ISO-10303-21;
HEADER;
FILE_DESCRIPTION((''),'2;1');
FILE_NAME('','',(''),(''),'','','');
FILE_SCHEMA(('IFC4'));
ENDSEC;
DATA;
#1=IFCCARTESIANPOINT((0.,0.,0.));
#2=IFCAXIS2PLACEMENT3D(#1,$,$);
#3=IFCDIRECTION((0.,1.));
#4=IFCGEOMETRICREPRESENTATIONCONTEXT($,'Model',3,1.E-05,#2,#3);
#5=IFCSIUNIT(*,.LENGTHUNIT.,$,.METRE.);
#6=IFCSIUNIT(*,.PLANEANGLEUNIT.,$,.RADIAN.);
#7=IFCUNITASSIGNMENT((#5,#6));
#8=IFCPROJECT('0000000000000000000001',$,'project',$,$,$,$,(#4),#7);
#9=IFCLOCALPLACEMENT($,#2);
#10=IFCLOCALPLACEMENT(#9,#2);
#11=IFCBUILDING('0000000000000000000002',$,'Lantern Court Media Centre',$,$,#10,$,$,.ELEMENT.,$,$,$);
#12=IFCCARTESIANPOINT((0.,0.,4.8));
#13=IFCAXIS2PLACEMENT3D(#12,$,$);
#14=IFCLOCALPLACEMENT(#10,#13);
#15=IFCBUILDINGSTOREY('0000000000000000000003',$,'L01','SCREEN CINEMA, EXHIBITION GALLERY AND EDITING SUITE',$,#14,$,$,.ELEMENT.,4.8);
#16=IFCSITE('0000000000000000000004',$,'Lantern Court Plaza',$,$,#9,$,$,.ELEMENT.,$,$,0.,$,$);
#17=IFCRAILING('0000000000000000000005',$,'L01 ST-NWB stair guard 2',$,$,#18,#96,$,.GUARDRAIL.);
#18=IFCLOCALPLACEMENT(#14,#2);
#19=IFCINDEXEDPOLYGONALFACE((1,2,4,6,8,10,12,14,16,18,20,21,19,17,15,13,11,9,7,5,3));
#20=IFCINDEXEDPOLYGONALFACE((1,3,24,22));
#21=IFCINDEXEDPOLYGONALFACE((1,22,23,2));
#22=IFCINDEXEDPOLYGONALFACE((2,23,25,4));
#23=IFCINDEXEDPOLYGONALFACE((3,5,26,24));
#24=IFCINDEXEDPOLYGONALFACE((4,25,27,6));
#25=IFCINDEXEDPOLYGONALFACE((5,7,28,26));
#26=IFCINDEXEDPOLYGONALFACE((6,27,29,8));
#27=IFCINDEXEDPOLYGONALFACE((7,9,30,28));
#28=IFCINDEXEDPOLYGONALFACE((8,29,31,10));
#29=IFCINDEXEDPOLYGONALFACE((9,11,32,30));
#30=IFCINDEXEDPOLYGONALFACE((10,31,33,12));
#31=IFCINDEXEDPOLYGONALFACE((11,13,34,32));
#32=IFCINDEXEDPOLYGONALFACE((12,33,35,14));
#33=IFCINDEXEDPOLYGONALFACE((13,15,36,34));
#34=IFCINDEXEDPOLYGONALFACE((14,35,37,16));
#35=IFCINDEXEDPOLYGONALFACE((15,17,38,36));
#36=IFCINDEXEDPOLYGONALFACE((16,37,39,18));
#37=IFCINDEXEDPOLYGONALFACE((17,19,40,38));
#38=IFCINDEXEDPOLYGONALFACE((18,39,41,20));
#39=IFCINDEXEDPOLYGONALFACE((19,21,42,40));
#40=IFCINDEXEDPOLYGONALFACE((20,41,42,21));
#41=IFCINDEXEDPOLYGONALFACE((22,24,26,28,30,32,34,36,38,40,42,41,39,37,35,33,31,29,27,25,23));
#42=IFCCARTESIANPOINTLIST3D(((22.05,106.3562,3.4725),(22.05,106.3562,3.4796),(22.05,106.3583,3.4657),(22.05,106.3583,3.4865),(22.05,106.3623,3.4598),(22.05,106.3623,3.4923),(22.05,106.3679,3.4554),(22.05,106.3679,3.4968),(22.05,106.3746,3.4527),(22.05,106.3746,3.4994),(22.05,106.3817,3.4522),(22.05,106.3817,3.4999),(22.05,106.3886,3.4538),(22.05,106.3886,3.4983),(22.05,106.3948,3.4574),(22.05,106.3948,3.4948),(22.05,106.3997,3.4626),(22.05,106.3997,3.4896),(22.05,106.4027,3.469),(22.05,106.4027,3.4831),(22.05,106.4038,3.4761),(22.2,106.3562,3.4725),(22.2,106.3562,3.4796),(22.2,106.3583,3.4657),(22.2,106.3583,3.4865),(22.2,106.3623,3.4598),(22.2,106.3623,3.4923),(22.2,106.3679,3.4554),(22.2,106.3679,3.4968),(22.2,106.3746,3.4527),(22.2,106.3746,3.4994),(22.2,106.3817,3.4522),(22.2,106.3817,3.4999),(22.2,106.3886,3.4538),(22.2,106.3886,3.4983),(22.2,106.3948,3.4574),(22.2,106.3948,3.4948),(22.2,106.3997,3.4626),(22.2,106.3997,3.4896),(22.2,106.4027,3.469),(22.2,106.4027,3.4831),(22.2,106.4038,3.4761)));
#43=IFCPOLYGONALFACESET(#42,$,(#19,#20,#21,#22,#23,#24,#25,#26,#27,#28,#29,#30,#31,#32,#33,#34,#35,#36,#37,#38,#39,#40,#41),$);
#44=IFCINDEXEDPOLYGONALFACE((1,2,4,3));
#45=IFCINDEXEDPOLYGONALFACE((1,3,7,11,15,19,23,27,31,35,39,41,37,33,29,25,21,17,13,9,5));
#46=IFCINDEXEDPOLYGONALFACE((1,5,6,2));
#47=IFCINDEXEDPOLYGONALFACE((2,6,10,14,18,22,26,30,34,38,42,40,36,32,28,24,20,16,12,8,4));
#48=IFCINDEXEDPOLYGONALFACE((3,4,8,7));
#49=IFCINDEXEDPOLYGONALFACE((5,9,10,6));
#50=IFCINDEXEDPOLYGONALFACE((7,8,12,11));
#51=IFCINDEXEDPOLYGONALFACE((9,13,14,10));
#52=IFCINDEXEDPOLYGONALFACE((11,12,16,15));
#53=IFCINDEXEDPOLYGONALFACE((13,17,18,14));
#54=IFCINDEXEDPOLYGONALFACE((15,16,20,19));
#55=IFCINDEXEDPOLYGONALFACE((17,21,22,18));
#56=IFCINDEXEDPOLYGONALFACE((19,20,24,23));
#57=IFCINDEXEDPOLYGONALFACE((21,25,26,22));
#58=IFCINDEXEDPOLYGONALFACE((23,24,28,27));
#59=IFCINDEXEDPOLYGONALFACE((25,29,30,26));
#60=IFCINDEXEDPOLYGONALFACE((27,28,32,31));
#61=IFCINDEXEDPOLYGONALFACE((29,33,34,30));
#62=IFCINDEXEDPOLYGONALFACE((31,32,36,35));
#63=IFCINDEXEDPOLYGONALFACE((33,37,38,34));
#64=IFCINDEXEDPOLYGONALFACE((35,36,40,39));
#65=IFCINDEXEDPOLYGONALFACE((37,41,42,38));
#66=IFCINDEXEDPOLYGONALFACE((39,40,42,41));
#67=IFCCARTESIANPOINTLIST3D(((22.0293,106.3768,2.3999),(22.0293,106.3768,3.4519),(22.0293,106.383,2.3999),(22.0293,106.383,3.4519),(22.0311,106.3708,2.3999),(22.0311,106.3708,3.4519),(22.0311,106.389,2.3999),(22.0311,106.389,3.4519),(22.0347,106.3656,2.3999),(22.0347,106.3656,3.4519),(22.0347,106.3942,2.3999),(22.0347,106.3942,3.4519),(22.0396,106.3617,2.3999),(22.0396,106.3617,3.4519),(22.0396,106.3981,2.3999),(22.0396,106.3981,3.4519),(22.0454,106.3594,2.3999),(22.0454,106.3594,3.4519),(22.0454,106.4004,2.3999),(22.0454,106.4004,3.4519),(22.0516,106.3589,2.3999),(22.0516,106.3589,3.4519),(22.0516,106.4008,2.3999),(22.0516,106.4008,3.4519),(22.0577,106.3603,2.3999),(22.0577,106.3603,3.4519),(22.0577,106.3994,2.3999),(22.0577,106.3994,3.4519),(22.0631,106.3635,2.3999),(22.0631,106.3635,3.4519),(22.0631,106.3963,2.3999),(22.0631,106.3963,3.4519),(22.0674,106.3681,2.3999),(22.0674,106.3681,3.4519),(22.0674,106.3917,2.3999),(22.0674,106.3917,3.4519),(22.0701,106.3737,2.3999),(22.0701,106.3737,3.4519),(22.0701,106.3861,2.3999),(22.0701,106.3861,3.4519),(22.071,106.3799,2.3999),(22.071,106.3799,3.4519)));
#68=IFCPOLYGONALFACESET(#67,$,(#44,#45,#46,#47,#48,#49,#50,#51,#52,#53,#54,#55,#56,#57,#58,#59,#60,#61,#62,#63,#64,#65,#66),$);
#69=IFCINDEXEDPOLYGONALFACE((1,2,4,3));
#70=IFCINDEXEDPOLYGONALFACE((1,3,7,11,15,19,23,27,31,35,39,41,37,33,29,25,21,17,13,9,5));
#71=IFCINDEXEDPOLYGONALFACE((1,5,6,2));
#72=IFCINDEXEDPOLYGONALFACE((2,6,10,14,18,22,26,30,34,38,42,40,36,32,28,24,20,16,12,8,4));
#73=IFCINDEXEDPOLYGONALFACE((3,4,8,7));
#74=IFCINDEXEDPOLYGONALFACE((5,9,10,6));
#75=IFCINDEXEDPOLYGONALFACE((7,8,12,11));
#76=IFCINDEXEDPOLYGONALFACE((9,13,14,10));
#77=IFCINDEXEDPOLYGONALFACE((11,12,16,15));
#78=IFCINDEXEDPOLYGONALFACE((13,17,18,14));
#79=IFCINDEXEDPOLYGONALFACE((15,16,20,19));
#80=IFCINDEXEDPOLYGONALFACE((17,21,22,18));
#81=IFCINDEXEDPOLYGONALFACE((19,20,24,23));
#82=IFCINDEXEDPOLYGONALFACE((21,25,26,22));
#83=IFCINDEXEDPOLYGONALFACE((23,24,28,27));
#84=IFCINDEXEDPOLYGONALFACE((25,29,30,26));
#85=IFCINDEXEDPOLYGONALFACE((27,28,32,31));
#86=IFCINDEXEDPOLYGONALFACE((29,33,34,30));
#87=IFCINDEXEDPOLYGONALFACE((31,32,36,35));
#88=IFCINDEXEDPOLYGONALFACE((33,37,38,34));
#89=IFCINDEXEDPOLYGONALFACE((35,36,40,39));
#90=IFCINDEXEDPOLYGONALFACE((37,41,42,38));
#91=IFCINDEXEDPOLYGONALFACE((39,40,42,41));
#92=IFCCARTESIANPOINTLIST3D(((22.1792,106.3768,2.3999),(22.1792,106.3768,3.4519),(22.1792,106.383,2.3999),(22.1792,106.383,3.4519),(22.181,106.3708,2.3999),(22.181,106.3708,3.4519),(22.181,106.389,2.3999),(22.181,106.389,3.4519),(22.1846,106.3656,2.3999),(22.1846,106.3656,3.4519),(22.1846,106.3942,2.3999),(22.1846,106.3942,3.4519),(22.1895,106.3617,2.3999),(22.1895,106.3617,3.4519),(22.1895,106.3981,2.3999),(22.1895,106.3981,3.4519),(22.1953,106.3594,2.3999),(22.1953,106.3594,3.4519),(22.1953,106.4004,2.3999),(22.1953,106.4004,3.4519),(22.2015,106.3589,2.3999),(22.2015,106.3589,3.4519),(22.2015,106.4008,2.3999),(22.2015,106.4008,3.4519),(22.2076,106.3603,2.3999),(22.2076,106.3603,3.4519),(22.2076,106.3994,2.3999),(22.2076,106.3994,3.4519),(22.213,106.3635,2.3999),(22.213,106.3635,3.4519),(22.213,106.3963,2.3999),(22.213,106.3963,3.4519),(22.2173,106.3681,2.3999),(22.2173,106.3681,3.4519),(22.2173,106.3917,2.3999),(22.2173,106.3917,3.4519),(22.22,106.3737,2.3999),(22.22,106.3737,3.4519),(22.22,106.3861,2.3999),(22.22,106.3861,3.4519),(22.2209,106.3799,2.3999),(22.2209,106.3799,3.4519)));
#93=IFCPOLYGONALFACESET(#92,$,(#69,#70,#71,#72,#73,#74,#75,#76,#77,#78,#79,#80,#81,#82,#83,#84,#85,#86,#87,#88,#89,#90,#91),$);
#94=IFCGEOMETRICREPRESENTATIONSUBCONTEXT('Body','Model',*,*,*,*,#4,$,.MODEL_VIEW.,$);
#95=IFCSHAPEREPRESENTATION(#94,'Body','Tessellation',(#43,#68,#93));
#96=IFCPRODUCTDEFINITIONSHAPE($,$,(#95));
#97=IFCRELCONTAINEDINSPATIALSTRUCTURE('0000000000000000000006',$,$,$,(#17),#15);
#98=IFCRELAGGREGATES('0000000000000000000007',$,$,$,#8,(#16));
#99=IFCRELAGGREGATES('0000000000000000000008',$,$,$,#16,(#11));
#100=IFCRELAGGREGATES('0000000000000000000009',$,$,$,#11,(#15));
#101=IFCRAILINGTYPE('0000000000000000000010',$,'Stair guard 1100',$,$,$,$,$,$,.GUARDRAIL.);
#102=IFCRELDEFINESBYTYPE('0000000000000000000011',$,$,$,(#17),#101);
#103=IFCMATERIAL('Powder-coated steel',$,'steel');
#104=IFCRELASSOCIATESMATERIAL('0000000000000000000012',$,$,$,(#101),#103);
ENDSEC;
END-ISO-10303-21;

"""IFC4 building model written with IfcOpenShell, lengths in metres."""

from ifc_helpers import new_model, si_unit, direction, frame, origin, origin_2d, place, context, subcontext, project, spatial, circle, extrude, material, type_object, element, save


model = new_model("IFC4")

# Units and contexts
model_context = context("Model", 3, precision=1e-05, world=origin(), true_north=direction((0.0, 1.0)))
body_context = subcontext(model_context, "Body", "Model", "MODEL_VIEW")
ifc_project = project(units=[si_unit("LENGTHUNIT", "METRE"), si_unit("PLANEANGLEUNIT", "RADIAN")], contexts=[model_context])

# Site, building, storey
site_placement = place(None, origin())
site = spatial("IfcSite", under=ifc_project, at=site_placement, Name="Lantern Court Plaza", CompositionType="ELEMENT", RefElevation=0.0)
building_placement = place(site_placement, origin())
building = spatial("IfcBuilding", under=site, at=building_placement, Name="Lantern Court Media Centre", CompositionType="ELEMENT")
storey_placement = place(building_placement, frame((0.0, 0.0, 4.8)))
storey = spatial("IfcBuildingStorey", under=building, at=storey_placement, Name="L01", Description="SCREEN CINEMA, EXHIBITION GALLERY AND EDITING SUITE", CompositionType="ELEMENT", Elevation=4.8)

# Shared definitions
ifc_material_1 = material(Name="Powder-coated steel", Category="steel")

# Railing
railing_type_1 = type_object("IfcRailingType", Name="Stair guard 1100", PredefinedType="GUARDRAIL", material=ifc_material_1)
railing_1_placement = place(storey_placement, frame((22.05, 106.3799, 2.3999)))
element("IfcRailing", 1, at=railing_1_placement, inside=storey, type_object=railing_type_1, Name="L01 ST-NWB stair guard 2", PredefinedType="GUARDRAIL", context=body_context, shape_type="SweptSolid", body=[
    extrude(circle(Radius=0.0239, at=origin_2d()), frame((0.0, 0.0, 1.0762), z_axis=(1.0, 0.0, 0.0), x_axis=(0.0, 1.0, 0.0)), (0.0, 0.0, 1.0), 0.1499),
    extrude(circle(Radius=0.021, at=origin_2d()), origin(), (0.0, 0.0, 1.0), 1.052),
    extrude(circle(Radius=0.021, at=origin_2d()), frame((0.1499, 0.0, 0.0)), (0.0, 0.0, 1.0), 1.052),
])

save(model, "model.ifc")
